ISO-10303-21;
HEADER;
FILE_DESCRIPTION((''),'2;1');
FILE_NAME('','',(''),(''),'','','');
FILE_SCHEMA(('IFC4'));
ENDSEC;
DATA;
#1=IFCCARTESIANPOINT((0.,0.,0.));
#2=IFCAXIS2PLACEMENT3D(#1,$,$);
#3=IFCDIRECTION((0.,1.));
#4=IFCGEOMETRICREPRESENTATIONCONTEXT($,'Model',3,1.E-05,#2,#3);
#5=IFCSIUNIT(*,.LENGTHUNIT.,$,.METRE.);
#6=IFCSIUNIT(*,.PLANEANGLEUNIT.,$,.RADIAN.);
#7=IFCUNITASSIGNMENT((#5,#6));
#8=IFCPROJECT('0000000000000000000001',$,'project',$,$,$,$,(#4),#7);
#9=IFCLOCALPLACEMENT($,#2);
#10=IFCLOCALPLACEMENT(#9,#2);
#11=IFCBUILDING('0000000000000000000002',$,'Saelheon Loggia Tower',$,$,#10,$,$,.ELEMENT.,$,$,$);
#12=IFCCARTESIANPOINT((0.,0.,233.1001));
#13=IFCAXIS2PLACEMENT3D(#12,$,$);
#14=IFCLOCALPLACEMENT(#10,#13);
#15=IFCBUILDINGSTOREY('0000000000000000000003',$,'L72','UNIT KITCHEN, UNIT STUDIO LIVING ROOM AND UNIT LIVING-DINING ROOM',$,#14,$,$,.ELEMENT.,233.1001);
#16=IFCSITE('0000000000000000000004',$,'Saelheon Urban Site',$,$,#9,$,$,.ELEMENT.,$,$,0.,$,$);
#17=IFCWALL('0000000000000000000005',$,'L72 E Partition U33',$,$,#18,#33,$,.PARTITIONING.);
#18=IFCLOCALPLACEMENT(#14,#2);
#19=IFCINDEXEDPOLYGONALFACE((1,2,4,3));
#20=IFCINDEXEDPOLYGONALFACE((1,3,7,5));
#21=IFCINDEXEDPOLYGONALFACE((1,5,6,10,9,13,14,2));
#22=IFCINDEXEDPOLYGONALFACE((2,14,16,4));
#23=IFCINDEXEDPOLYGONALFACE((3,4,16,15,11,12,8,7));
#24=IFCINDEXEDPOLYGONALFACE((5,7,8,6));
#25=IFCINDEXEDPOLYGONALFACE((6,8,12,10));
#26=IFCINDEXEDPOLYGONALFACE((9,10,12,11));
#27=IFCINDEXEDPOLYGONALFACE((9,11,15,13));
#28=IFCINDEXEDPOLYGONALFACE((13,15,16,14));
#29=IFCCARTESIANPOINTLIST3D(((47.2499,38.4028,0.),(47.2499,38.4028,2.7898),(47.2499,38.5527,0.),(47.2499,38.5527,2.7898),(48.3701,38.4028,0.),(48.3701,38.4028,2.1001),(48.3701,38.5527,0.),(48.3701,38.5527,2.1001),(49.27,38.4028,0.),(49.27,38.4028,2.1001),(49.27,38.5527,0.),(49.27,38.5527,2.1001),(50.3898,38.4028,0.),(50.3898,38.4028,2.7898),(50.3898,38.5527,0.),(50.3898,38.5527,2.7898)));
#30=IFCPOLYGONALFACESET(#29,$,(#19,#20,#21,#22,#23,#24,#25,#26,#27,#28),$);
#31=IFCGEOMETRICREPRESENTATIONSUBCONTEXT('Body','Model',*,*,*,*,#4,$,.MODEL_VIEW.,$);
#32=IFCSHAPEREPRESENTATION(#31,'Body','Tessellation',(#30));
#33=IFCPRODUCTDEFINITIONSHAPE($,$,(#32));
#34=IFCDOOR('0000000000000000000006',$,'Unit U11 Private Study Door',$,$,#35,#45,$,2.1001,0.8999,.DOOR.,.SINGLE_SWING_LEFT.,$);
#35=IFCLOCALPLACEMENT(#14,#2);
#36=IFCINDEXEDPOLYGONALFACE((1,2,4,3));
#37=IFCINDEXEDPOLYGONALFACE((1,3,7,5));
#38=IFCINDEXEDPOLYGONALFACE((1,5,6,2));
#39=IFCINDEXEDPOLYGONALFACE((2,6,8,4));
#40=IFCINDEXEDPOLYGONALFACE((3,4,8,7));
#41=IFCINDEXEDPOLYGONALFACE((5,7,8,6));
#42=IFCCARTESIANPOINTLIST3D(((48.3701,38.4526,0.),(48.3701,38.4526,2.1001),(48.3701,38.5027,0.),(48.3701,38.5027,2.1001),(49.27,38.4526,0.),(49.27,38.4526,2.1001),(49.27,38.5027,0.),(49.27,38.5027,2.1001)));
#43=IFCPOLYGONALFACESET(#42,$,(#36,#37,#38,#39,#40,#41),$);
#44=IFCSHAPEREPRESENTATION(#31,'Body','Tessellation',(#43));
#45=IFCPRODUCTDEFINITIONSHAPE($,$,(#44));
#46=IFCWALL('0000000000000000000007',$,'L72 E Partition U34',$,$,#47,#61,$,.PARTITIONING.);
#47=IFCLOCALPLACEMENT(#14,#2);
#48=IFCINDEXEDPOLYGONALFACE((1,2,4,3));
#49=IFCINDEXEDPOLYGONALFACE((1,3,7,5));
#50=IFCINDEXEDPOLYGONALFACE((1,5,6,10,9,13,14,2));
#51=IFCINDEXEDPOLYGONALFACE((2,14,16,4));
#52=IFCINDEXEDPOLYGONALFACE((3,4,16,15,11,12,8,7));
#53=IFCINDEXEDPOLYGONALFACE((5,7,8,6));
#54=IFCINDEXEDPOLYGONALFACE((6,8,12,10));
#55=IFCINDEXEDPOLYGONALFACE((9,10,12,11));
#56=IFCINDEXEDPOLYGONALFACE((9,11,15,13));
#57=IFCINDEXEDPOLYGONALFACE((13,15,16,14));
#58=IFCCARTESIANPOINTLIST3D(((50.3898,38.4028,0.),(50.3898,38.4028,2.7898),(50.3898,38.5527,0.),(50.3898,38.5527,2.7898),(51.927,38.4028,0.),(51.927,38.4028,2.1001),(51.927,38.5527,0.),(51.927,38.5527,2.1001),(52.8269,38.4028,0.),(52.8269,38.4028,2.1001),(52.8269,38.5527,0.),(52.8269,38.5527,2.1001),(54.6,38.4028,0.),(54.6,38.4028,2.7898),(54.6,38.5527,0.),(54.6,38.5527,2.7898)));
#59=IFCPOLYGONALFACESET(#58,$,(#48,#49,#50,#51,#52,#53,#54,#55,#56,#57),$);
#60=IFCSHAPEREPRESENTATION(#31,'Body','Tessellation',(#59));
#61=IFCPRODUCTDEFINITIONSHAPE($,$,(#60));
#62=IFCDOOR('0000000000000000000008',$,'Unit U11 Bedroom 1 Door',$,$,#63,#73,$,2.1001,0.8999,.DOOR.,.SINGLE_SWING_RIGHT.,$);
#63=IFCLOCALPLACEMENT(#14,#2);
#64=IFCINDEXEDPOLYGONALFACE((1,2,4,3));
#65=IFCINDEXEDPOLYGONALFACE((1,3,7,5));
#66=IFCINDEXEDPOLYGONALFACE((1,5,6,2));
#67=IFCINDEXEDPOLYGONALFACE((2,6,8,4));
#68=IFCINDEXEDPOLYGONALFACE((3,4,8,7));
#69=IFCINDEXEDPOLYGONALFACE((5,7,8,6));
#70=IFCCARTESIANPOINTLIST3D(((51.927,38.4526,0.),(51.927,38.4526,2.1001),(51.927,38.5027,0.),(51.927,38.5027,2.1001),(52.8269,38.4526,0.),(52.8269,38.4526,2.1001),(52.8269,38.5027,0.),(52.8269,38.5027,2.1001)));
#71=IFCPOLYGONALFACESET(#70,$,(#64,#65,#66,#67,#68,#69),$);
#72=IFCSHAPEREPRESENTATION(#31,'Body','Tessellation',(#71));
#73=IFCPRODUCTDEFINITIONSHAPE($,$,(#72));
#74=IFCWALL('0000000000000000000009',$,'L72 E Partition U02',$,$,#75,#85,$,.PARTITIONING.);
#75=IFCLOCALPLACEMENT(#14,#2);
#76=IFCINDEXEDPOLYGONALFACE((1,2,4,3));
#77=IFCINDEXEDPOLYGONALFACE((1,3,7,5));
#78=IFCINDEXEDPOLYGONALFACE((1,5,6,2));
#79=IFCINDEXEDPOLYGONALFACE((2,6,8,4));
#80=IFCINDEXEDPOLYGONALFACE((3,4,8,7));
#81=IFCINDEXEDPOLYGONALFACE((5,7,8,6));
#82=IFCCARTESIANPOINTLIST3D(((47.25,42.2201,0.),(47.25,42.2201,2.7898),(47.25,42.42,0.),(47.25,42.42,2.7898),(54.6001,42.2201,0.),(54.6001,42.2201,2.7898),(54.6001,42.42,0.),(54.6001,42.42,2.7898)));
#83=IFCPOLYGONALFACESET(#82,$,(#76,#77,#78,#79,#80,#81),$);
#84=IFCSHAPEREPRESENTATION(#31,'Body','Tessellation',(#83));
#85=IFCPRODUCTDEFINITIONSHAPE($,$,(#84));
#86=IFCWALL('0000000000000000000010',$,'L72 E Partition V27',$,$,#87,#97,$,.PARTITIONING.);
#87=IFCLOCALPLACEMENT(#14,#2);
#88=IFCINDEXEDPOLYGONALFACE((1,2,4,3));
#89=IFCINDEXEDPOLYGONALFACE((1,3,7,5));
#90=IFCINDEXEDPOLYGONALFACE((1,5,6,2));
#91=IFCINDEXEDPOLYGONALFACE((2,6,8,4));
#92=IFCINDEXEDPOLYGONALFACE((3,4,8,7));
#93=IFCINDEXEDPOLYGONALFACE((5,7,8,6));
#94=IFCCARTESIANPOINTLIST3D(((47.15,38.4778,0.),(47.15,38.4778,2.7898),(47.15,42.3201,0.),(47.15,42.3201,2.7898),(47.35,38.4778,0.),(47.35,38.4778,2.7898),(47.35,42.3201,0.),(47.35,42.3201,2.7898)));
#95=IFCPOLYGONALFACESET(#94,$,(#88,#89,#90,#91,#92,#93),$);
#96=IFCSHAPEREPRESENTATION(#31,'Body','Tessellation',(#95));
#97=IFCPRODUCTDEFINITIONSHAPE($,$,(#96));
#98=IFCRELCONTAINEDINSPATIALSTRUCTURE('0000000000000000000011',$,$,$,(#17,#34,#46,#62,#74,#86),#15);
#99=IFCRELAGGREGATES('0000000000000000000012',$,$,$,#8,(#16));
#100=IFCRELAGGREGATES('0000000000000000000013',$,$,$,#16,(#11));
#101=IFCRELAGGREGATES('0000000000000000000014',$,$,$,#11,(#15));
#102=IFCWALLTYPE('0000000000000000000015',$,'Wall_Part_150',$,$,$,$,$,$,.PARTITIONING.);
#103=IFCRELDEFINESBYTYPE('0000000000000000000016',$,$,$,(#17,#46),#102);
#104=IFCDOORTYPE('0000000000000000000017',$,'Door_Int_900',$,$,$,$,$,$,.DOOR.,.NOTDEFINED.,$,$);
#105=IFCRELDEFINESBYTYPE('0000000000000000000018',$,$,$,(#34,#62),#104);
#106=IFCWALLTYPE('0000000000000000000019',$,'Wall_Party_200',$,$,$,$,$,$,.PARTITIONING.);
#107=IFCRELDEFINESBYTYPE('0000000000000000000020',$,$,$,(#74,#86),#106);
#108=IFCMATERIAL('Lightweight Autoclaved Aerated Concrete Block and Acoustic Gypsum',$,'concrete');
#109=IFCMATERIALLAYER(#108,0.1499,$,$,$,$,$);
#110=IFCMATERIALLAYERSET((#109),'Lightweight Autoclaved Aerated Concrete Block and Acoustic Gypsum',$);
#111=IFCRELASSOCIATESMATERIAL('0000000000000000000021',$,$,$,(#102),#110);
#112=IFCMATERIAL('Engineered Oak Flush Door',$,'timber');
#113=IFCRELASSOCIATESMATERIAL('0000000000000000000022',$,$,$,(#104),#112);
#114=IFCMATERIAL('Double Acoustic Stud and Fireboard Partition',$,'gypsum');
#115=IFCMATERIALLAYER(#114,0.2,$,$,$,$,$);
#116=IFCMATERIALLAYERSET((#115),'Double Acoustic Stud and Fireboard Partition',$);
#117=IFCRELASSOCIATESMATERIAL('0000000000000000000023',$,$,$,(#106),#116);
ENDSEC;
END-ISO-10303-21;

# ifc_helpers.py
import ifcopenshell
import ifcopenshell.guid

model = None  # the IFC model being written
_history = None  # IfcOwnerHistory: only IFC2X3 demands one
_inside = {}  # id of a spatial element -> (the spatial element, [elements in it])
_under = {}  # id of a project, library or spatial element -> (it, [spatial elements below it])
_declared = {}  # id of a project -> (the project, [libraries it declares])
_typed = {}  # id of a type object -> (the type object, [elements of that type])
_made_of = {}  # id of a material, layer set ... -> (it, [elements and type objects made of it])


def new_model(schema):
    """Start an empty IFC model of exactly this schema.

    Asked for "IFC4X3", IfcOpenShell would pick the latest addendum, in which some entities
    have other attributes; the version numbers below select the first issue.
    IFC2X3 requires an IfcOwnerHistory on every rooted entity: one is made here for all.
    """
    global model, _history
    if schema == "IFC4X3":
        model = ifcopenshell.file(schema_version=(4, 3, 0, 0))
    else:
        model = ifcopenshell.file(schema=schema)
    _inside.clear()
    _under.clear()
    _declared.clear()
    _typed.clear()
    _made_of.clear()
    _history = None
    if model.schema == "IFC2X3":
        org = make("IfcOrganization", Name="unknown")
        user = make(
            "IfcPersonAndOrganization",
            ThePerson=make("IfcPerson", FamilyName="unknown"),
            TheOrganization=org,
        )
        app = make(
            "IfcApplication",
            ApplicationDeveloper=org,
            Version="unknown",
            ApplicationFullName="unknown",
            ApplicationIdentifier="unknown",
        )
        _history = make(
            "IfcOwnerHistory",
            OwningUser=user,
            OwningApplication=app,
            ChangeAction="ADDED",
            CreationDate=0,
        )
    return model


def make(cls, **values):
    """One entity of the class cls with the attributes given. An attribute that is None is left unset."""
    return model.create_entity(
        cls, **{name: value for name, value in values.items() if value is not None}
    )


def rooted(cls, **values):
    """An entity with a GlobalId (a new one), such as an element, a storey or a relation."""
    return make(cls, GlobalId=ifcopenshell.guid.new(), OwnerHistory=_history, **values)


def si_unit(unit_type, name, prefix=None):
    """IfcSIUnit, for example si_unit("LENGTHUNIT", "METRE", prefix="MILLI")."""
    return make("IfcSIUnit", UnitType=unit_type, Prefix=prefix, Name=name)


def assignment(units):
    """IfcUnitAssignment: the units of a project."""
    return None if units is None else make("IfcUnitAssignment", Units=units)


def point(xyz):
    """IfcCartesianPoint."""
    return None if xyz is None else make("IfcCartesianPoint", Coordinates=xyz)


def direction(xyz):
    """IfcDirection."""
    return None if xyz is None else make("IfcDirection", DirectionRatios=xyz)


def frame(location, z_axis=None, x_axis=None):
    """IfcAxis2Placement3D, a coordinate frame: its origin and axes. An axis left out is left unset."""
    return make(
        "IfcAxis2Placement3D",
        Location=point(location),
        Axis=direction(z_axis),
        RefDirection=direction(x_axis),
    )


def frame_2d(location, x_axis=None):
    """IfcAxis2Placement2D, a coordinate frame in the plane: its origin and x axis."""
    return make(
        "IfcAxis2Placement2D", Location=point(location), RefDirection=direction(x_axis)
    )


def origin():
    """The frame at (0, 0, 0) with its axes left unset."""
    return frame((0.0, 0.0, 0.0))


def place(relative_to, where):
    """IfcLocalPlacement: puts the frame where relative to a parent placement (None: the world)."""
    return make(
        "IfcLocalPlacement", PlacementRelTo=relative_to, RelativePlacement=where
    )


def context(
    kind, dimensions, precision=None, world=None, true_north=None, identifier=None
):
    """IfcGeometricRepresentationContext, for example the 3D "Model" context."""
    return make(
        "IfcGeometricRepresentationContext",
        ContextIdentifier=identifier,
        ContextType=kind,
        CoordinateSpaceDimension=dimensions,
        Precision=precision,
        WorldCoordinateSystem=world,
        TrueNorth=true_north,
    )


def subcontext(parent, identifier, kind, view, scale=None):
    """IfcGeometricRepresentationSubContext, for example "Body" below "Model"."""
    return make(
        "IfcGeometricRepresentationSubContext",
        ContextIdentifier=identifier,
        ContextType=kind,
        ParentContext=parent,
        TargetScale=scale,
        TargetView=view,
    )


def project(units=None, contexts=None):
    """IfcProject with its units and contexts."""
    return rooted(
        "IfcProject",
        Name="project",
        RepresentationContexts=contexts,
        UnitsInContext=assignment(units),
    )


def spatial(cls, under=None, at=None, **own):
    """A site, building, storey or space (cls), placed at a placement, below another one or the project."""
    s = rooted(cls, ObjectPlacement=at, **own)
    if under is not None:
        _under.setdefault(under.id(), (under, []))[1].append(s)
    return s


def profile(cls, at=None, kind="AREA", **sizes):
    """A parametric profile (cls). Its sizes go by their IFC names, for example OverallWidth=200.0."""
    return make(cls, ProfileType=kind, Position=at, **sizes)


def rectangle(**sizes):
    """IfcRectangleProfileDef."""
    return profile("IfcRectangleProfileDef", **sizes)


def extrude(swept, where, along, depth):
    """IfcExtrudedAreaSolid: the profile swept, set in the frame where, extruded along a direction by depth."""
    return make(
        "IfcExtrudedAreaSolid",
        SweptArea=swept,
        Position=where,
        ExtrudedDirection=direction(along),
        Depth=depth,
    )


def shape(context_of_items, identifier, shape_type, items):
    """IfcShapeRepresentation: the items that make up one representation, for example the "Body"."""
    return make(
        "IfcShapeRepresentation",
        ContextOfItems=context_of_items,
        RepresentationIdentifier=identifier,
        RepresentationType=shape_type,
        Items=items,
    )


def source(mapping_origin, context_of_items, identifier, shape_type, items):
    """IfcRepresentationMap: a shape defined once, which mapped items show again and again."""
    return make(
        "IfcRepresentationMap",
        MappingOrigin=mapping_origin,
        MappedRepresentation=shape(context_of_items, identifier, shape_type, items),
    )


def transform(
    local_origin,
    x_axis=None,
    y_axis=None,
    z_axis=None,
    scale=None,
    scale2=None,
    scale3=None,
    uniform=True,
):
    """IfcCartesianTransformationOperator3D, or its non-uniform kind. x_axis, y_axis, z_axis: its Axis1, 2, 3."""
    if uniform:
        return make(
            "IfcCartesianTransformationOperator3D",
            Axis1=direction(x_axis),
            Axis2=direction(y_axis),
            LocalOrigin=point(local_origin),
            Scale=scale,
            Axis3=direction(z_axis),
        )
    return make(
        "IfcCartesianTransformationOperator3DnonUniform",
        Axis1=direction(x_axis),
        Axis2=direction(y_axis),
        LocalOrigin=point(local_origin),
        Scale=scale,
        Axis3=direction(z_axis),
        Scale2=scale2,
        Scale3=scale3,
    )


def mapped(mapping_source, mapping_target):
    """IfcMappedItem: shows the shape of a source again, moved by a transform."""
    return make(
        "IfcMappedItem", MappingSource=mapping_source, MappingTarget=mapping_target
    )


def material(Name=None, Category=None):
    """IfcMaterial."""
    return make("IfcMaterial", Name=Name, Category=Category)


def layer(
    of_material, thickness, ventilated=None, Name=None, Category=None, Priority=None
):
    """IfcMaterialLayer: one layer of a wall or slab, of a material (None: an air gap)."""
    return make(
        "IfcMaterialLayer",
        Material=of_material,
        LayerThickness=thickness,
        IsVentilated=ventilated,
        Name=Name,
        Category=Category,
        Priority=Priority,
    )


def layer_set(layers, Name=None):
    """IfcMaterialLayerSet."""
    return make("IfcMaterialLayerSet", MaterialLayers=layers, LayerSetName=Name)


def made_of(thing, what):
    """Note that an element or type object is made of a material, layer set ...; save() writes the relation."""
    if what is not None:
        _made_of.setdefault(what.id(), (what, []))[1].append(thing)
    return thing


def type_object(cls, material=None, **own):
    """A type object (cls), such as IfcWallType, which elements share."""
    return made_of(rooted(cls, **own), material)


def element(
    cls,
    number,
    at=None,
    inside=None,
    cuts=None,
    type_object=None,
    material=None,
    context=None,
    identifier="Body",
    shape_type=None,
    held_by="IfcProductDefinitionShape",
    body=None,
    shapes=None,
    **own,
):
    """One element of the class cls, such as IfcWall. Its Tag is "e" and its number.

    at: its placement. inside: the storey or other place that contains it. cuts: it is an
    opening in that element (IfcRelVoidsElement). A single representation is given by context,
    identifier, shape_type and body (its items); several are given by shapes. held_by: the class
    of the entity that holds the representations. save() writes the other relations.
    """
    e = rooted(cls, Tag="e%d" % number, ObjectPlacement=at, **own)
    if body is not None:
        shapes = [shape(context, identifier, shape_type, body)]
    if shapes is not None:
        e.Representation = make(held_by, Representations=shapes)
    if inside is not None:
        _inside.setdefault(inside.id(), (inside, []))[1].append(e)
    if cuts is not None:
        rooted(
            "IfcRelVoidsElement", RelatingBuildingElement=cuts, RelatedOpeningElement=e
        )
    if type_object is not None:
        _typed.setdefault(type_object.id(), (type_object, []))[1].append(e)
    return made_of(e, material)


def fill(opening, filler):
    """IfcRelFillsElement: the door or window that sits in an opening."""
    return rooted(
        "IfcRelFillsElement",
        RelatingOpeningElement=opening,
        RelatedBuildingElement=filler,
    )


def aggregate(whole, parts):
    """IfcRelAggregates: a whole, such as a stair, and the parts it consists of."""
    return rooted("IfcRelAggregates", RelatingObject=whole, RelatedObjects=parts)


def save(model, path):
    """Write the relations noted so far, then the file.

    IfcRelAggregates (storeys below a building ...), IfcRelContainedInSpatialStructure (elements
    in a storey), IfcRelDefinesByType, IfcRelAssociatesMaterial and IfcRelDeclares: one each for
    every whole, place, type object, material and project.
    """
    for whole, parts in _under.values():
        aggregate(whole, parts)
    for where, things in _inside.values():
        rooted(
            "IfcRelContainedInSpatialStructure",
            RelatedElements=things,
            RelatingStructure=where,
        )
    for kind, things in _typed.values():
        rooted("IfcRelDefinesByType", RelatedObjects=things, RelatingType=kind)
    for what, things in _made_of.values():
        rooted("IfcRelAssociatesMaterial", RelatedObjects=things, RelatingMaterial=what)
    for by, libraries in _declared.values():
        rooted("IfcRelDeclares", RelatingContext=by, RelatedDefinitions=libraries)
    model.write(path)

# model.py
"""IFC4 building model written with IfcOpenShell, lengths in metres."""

from ifc_helpers import new_model, si_unit, direction, frame, frame_2d, origin, place, context, subcontext, project, spatial, rectangle, extrude, source, transform, mapped, material, layer, layer_set, type_object, element, fill, save


model = new_model("IFC4")

# Units and contexts
model_context = context("Model", 3, precision=1e-05, world=origin(), true_north=direction((0.0, 1.0)))
body_context = subcontext(model_context, "Body", "Model", "MODEL_VIEW")
ifc_project = project(units=[si_unit("LENGTHUNIT", "METRE"), si_unit("PLANEANGLEUNIT", "RADIAN")], contexts=[model_context])

# Site, building, storey
site_placement = place(None, origin())
site = spatial("IfcSite", under=ifc_project, at=site_placement, Name="Saelheon Urban Site", CompositionType="ELEMENT", RefElevation=0.0)
building_placement = place(site_placement, origin())
building = spatial("IfcBuilding", under=site, at=building_placement, Name="Saelheon Loggia Tower", CompositionType="ELEMENT")
storey_placement = place(building_placement, frame((0.0, 0.0, 233.1001)))
storey = spatial("IfcBuildingStorey", under=building, at=storey_placement, Name="L72", Description="UNIT KITCHEN, UNIT STUDIO LIVING ROOM AND UNIT LIVING-DINING ROOM", CompositionType="ELEMENT", Elevation=233.1001)

# Shared definitions
ifc_material_1 = material(Name="Lightweight Autoclaved Aerated Concrete Block and Acoustic Gypsum", Category="concrete")
ifc_layer_1 = layer(ifc_material_1, 0.1499)
ifc_layer_set_1 = layer_set([ifc_layer_1], Name="Lightweight Autoclaved Aerated Concrete Block and Acoustic Gypsum")
wall_type_1 = type_object("IfcWallType", Name="Wall_Part_150", PredefinedType="PARTITIONING", material=ifc_layer_set_1)
ifc_material_2 = material(Name="Engineered Oak Flush Door", Category="timber")
door_type = type_object("IfcDoorType", Name="Door_Int_900", OperationType="NOTDEFINED", PredefinedType="DOOR", material=ifc_material_2)
shared_shape_1 = source(origin(), body_context, "Body", "SweptSolid", [
    extrude(rectangle(XDim=0.8999, YDim=2.1001, at=frame_2d((0.45, 1.05))), frame((0.0, 0.0249, 0.0), z_axis=(0.0, -1.0, 0.0), x_axis=(1.0, 0.0, 0.0)), (0.0, 0.0, 1.0), 0.05),
])

# Walls, openings, doors
wall_1_placement = place(storey_placement, frame((47.25, 38.4778, 0.0), z_axis=(0.0, 0.0, 1.0), x_axis=(1.0, 0.0, 0.0)))
wall_1 = element("IfcWall", 1, at=wall_1_placement, inside=storey, type_object=wall_type_1, Name="L72 E Partition U33", PredefinedType="PARTITIONING", context=body_context, shape_type="SweptSolid", body=[
    extrude(rectangle(XDim=3.1399, YDim=0.1499, at=frame_2d((1.5698, 0.0))), origin(), (0.0, 0.0, 1.0), 2.7898),
])
opening_1_placement = place(wall_1_placement, frame((1.1201, 0.0, 0.0)))
opening_1 = element("IfcOpeningElement", 2, at=opening_1_placement, cuts=wall_1, PredefinedType="OPENING", context=body_context, shape_type="SweptSolid", body=[
    extrude(rectangle(XDim=0.8999, YDim=2.1001, at=frame_2d((0.45, 1.05))), frame((0.0, 0.0869, 0.0), z_axis=(0.0, -1.0, 0.0), x_axis=(1.0, 0.0, 0.0)), (0.0, 0.0, 1.0), 0.1738),
])
door_1_placement = place(opening_1_placement, origin())
door_1 = element("IfcDoor", 3, at=door_1_placement, inside=storey, type_object=door_type, Name="Unit U11 Private Study Door", OperationType="SINGLE_SWING_LEFT", OverallHeight=2.1001, OverallWidth=0.8999, PredefinedType="DOOR", context=body_context, shape_type="MappedRepresentation", body=[
    mapped(shared_shape_1, transform((0.0, 0.0, 0.0), scale=1.0)),
])
fill(opening_1, door_1)
wall_2_placement = place(storey_placement, frame((50.3899, 38.4778, 0.0), z_axis=(0.0, 0.0, 1.0), x_axis=(1.0, 0.0, 0.0)))
wall_2 = element("IfcWall", 4, at=wall_2_placement, inside=storey, type_object=wall_type_1, Name="L72 E Partition U34", PredefinedType="PARTITIONING", context=body_context, shape_type="SweptSolid", body=[
    extrude(rectangle(XDim=4.2102, YDim=0.1499, at=frame_2d((2.105, 0.0))), origin(), (0.0, 0.0, 1.0), 2.7898),
])
opening_2_placement = place(wall_2_placement, frame((1.5371, 0.0, 0.0)))
opening_2 = element("IfcOpeningElement", 5, at=opening_2_placement, cuts=wall_2, PredefinedType="OPENING", context=body_context, shape_type="SweptSolid", body=[
    extrude(rectangle(XDim=0.8999, YDim=2.1001, at=frame_2d((0.45, 1.05))), frame((0.0, 0.0869, 0.0), z_axis=(0.0, -1.0, 0.0), x_axis=(1.0, 0.0, 0.0)), (0.0, 0.0, 1.0), 0.1738),
])
door_2_placement = place(opening_2_placement, origin())
door_2 = element("IfcDoor", 6, at=door_2_placement, inside=storey, type_object=door_type, Name="Unit U11 Bedroom 1 Door", OperationType="SINGLE_SWING_RIGHT", OverallHeight=2.1001, OverallWidth=0.8999, PredefinedType="DOOR", context=body_context, shape_type="MappedRepresentation", body=[
    mapped(shared_shape_1, transform((0.0, 0.0, 0.0), scale=1.0)),
])
fill(opening_2, door_2)

# Walls
ifc_material_3 = material(Name="Double Acoustic Stud and Fireboard Partition", Category="gypsum")
ifc_layer_2 = layer(ifc_material_3, 0.2)
ifc_layer_set_2 = layer_set([ifc_layer_2], Name="Double Acoustic Stud and Fireboard Partition")
wall_type_2 = type_object("IfcWallType", Name="Wall_Party_200", PredefinedType="PARTITIONING", material=ifc_layer_set_2)
wall_3_placement = place(storey_placement, frame((47.25, 42.3201, 0.0), z_axis=(0.0, 0.0, 1.0), x_axis=(1.0, 0.0, 0.0)))
element("IfcWall", 7, at=wall_3_placement, inside=storey, type_object=wall_type_2, Name="L72 E Partition U02", PredefinedType="PARTITIONING", context=body_context, shape_type="SweptSolid", body=[
    extrude(rectangle(XDim=7.3501, YDim=0.2, at=frame_2d((3.675, 0.0))), origin(), (0.0, 0.0, 1.0), 2.7898),
])
wall_4_placement = place(storey_placement, frame((47.25, 38.4778, 0.0), z_axis=(0.0, 0.0, 1.0), x_axis=(0.0, 1.0, 0.0)))
element("IfcWall", 8, at=wall_4_placement, inside=storey, type_object=wall_type_2, Name="L72 E Partition V27", PredefinedType="PARTITIONING", context=body_context, shape_type="SweptSolid", body=[
    extrude(rectangle(XDim=3.8423, YDim=0.2, at=frame_2d((1.9211, 0.0))), origin(), (0.0, 0.0, 1.0), 2.7898),
])

save(model, "model.ifc")
